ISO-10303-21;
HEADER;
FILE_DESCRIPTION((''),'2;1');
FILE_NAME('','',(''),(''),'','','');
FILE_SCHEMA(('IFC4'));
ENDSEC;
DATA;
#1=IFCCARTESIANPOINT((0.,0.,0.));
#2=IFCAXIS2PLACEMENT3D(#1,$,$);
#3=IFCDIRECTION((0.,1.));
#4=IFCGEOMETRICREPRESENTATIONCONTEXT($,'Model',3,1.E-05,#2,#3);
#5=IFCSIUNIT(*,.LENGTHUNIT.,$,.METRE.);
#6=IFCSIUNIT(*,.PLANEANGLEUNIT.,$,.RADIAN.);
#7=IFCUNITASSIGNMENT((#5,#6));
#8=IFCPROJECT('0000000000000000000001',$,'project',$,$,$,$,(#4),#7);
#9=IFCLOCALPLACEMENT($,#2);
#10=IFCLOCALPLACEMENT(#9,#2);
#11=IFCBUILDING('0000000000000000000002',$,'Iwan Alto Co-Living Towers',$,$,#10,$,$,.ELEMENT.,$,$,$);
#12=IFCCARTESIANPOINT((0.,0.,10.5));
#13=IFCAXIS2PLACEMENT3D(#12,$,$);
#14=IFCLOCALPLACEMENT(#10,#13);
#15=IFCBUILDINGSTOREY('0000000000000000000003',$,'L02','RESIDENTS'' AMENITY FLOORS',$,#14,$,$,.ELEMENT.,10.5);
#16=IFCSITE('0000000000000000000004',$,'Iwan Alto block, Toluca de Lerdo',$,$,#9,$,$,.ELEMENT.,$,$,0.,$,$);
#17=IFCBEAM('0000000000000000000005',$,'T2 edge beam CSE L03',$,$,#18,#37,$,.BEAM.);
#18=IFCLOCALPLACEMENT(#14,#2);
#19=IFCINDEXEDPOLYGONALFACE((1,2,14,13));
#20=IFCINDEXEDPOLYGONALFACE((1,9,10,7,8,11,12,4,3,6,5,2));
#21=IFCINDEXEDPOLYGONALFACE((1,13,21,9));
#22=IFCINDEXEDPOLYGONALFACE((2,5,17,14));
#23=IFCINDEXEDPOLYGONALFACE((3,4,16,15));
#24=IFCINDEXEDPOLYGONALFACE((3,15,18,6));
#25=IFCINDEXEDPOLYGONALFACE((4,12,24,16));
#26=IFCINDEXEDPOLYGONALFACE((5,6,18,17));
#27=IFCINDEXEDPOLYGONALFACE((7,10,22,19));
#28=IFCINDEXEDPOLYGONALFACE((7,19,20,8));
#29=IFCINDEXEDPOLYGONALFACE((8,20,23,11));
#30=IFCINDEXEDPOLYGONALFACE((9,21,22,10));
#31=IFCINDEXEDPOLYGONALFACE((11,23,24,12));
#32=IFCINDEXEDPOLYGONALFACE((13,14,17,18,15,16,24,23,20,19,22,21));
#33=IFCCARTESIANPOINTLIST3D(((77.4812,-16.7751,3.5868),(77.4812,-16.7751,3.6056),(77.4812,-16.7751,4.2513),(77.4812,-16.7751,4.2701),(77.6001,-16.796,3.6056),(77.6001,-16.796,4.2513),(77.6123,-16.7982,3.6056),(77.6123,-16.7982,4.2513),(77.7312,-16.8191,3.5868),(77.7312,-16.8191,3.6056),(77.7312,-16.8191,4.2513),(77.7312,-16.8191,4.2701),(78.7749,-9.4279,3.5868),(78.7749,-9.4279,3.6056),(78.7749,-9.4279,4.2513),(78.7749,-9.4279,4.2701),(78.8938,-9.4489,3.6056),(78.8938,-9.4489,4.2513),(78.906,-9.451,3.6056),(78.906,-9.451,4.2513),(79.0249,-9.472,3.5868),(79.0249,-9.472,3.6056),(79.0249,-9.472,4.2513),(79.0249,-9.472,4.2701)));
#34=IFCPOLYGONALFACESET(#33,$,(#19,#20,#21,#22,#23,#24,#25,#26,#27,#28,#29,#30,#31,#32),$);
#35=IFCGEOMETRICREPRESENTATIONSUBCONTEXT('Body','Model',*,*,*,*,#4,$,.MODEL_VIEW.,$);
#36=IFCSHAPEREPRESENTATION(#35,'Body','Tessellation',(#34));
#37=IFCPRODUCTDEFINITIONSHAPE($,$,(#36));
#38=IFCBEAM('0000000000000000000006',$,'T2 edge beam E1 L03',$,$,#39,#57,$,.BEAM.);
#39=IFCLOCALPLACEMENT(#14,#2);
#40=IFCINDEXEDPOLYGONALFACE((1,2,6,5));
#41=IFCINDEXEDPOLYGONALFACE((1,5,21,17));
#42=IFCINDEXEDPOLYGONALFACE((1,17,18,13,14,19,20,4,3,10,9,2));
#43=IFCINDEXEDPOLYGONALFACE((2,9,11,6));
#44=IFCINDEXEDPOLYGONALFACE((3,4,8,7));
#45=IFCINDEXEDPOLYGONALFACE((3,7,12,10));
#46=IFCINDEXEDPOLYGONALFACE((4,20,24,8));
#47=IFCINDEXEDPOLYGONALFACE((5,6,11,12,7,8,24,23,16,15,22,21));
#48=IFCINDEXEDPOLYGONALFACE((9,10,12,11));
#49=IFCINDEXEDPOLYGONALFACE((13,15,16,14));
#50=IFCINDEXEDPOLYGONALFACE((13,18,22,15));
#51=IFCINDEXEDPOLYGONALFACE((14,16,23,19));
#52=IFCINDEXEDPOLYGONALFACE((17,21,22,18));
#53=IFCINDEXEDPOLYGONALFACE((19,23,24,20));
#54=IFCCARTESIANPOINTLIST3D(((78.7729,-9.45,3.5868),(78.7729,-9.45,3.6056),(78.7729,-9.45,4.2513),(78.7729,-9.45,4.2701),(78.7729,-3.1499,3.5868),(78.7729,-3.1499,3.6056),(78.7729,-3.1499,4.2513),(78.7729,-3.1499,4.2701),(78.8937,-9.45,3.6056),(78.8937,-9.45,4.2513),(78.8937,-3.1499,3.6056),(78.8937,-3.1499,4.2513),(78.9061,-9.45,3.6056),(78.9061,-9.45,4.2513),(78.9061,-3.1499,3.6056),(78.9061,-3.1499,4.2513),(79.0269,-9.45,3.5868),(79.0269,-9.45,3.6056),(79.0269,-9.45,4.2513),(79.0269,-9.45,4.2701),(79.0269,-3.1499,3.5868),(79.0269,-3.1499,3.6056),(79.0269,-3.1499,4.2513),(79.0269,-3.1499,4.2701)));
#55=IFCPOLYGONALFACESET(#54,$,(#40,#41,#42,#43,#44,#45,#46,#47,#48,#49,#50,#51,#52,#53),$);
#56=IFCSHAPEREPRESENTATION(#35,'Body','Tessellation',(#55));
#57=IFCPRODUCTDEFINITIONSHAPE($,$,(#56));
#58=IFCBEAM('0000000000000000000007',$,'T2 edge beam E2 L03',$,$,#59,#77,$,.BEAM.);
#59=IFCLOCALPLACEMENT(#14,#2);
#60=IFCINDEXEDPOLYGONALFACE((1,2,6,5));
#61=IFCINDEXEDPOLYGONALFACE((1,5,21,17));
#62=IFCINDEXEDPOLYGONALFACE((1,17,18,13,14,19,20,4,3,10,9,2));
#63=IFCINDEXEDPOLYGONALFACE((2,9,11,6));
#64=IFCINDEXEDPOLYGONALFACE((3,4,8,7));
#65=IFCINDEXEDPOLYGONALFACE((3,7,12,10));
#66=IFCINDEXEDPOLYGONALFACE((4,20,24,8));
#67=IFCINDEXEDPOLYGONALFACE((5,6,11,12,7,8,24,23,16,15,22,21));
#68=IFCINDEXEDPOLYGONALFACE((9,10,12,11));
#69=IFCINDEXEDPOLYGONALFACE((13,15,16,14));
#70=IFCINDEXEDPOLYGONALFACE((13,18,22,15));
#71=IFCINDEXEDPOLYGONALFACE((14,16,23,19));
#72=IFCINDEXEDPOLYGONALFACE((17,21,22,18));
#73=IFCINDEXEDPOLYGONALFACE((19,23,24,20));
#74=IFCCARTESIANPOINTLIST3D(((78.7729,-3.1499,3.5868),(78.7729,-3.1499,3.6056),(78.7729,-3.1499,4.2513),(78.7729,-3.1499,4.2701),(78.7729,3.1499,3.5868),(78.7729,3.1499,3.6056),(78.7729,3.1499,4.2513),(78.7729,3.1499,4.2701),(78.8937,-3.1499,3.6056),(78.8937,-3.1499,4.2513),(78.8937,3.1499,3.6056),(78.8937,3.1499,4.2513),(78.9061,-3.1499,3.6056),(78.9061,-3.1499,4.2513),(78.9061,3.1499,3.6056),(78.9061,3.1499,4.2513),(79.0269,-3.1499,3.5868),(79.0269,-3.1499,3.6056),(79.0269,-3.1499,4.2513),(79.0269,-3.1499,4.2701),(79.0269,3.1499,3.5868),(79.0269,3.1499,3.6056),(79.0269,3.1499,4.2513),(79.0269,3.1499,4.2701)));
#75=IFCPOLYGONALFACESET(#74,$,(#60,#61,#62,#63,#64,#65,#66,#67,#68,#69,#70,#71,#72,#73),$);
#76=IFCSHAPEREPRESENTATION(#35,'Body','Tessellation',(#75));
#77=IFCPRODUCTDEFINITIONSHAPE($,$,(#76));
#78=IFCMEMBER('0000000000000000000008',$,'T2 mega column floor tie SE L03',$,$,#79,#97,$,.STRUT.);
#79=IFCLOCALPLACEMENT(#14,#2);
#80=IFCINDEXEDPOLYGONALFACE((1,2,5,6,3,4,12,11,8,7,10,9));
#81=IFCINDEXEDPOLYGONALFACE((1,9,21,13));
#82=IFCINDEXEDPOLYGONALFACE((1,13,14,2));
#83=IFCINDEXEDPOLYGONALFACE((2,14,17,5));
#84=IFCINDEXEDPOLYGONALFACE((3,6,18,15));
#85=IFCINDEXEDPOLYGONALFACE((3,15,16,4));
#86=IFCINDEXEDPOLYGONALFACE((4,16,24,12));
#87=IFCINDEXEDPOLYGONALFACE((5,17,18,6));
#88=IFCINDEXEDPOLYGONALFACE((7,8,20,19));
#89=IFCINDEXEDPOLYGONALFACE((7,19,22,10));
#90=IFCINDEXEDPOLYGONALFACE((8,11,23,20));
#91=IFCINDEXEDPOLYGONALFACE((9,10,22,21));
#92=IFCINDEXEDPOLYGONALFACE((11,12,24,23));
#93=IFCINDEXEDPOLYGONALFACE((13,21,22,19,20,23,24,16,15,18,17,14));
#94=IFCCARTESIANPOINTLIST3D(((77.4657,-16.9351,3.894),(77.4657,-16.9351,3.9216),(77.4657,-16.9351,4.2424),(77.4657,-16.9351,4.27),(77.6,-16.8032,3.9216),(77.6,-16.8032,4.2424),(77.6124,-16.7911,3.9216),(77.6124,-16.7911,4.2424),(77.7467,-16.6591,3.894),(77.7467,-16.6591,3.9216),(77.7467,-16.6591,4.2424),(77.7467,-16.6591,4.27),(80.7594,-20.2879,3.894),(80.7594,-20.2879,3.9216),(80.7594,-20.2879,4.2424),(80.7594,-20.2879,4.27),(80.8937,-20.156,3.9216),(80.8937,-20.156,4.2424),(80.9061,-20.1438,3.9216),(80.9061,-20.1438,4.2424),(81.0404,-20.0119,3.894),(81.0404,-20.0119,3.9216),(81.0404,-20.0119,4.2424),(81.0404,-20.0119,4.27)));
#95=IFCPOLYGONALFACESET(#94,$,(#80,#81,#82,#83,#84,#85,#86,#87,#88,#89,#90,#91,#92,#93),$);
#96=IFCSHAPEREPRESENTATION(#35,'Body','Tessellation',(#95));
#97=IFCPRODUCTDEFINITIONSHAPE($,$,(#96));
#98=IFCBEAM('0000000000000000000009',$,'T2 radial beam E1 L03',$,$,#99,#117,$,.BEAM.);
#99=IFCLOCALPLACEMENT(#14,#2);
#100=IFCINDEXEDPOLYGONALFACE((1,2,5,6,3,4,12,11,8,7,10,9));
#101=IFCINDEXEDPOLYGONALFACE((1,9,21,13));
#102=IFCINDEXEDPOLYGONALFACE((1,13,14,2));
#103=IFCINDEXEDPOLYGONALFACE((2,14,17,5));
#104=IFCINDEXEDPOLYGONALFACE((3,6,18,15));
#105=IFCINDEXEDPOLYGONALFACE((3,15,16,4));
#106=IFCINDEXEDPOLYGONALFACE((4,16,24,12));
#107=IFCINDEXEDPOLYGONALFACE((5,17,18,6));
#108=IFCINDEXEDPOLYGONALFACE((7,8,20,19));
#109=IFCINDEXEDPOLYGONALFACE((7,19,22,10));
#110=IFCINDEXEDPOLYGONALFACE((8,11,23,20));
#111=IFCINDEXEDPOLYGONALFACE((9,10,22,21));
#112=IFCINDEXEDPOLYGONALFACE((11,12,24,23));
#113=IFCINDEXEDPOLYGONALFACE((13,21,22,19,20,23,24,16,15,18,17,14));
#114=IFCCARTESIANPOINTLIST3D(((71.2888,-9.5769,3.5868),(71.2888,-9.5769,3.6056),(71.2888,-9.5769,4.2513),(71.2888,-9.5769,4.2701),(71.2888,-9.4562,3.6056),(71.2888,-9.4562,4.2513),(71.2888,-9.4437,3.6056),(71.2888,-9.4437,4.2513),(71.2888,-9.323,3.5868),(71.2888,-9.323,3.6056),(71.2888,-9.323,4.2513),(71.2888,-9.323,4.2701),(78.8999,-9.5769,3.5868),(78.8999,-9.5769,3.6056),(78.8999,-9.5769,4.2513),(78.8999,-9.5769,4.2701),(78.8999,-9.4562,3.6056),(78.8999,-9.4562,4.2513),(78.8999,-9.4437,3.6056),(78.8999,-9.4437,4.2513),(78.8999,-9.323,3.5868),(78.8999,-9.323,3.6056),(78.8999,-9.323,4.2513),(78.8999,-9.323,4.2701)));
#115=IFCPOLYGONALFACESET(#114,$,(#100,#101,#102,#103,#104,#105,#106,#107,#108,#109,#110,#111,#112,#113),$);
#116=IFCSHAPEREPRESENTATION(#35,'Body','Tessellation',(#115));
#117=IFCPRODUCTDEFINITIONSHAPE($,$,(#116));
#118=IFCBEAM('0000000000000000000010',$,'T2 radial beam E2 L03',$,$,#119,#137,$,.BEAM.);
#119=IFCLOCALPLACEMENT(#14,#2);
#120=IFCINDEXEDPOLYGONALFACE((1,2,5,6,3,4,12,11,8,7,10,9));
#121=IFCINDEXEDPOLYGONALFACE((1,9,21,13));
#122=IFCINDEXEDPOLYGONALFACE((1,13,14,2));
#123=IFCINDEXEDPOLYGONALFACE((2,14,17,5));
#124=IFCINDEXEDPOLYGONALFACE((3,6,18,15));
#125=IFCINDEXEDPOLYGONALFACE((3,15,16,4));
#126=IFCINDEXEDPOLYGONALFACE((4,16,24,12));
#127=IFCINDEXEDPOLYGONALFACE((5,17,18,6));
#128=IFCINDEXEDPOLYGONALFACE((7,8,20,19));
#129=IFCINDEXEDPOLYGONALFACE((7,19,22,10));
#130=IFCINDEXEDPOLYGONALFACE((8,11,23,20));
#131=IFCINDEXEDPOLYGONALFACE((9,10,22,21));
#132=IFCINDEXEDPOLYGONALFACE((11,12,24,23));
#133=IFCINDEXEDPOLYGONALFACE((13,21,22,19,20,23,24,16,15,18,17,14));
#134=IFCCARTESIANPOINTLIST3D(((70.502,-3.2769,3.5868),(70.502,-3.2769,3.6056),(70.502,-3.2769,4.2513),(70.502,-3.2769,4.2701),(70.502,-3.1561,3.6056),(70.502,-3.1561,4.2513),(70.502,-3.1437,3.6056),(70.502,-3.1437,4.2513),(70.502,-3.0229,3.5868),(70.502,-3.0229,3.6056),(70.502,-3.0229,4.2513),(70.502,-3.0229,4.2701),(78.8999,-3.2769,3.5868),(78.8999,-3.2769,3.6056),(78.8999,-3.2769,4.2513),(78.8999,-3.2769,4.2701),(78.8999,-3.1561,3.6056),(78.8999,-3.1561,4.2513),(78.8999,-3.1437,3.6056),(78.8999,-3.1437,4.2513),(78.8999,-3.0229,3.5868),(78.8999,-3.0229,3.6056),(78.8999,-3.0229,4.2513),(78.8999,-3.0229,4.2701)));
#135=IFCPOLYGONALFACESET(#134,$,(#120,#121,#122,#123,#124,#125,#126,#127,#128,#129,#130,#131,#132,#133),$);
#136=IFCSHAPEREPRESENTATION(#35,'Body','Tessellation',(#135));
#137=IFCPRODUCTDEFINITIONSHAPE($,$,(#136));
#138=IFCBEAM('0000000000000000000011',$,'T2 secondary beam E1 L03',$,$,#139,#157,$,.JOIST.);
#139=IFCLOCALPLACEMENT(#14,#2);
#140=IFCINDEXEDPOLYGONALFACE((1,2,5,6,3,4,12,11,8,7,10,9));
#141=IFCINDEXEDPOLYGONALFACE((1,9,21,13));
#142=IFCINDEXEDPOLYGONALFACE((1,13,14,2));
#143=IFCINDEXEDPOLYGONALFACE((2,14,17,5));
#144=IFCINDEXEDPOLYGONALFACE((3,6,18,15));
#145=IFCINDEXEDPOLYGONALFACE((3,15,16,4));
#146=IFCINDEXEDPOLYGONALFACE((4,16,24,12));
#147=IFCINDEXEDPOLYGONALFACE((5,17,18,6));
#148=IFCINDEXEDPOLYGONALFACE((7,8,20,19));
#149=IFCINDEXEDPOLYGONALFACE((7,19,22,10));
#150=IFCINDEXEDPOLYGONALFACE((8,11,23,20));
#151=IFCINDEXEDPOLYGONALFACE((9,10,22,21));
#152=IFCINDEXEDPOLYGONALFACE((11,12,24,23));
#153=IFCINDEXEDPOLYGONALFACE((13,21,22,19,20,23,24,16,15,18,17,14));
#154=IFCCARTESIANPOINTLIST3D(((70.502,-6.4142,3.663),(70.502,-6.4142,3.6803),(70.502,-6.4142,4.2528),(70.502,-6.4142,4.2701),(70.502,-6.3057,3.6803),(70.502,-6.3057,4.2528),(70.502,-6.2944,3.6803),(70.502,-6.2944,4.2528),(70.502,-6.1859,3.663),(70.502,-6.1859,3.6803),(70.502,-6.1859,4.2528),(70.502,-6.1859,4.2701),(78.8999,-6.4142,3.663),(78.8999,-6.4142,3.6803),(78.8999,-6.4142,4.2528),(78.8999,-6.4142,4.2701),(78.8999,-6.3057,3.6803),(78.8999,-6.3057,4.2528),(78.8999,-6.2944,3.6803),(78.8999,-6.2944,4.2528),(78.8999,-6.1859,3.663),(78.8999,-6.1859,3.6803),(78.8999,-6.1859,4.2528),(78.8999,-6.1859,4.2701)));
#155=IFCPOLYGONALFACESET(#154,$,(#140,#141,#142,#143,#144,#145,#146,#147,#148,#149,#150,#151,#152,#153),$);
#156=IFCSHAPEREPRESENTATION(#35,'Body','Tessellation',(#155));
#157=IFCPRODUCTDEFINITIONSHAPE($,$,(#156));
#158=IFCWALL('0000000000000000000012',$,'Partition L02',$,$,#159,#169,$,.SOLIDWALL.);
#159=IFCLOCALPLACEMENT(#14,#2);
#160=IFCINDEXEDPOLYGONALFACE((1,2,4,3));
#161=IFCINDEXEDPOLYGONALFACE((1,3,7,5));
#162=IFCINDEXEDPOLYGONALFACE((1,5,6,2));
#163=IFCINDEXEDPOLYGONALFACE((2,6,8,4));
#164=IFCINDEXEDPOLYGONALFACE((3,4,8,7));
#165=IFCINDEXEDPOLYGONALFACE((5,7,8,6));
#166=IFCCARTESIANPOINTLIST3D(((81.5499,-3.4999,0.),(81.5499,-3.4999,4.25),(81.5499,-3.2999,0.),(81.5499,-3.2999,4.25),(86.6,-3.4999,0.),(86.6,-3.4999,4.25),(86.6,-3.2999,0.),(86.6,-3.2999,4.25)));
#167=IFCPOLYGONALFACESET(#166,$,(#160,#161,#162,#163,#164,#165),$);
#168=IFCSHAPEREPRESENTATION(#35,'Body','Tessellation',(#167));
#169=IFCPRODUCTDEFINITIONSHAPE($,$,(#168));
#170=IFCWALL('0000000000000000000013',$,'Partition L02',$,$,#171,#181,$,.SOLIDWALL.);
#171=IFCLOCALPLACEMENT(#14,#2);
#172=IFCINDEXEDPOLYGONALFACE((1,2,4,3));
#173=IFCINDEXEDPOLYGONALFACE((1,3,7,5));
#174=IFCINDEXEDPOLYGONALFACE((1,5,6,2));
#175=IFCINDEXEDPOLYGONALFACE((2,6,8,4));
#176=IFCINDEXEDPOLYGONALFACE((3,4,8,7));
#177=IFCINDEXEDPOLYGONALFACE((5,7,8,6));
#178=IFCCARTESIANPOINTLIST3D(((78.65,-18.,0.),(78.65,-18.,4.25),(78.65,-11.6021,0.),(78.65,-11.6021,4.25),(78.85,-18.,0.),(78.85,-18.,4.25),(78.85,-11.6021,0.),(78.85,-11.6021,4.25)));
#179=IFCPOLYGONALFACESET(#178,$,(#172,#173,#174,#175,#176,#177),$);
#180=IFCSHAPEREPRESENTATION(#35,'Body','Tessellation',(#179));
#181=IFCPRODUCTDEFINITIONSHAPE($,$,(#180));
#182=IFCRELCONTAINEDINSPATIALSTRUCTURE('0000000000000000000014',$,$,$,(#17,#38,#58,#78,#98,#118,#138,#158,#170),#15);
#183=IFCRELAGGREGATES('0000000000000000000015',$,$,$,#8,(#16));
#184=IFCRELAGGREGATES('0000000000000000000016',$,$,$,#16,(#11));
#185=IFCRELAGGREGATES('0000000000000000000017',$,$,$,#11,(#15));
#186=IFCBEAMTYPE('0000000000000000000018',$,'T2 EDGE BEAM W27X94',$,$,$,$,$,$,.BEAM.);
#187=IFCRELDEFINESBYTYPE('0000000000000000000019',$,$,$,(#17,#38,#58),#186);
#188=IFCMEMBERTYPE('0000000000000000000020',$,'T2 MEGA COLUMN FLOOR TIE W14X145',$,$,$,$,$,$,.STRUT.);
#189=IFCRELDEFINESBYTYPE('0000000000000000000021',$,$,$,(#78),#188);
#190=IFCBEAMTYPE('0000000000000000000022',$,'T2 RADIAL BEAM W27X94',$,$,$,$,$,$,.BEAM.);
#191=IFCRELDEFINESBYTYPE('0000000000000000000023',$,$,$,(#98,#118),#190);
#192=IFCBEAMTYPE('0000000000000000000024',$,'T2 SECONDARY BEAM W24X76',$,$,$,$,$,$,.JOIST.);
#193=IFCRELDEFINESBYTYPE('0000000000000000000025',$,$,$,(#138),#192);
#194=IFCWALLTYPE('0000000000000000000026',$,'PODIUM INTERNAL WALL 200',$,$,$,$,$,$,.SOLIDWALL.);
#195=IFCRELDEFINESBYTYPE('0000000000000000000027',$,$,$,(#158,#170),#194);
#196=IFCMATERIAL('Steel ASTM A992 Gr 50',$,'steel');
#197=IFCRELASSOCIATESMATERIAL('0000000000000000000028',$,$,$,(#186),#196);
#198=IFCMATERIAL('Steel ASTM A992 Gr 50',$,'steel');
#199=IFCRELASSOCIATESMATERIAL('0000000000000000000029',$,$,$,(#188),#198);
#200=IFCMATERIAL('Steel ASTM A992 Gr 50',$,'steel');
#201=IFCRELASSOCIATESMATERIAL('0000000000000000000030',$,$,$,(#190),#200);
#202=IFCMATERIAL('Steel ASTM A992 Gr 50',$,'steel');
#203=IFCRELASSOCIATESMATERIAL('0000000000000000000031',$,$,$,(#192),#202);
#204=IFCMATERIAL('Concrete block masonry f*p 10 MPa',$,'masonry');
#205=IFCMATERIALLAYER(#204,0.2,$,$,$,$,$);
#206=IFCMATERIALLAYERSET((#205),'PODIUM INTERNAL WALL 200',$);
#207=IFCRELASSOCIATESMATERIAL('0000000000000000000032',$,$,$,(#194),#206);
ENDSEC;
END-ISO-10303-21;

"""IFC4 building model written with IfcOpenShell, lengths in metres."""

from ifc_helpers import new_model, si_unit, direction, frame, frame_2d, origin, origin_2d, place, context, subcontext, project, spatial, rectangle, i_section, extrude, material, layer, layer_set, material_profile, profile_set, type_object, element, save


model = new_model("IFC4")

# Units and contexts
model_context = context("Model", 3, precision=1e-05, world=origin(), true_north=direction((0.0, 1.0)))
body_context = subcontext(model_context, "Body", "Model", "MODEL_VIEW")
ifc_project = project(units=[si_unit("LENGTHUNIT", "METRE"), si_unit("PLANEANGLEUNIT", "RADIAN")], contexts=[model_context])

# Site, building, storey
site_placement = place(None, origin())
site = spatial("IfcSite", under=ifc_project, at=site_placement, Name="Iwan Alto block, Toluca de Lerdo", CompositionType="ELEMENT", RefElevation=0.0)
building_placement = place(site_placement, origin())
building = spatial("IfcBuilding", under=site, at=building_placement, Name="Iwan Alto Co-Living Towers", CompositionType="ELEMENT")
storey_placement = place(building_placement, frame((0.0, 0.0, 10.5)))
storey = spatial("IfcBuildingStorey", under=building, at=storey_placement, Name="L02", Description="RESIDENTS' AMENITY FLOORS", CompositionType="ELEMENT", Elevation=10.5)

# Beams
ifc_material_1 = material(Name="Steel ASTM A992 Gr 50", Category="steel")
ifc_material_profile_1 = material_profile(ifc_material_1, i_section(OverallWidth=0.2539, OverallDepth=0.6833, WebThickness=0.0125, FlangeThickness=0.0188, at=origin_2d()), Name="W27X94")
ifc_profile_set_1 = profile_set([ifc_material_profile_1], Name="Steel ASTM A992 Gr 50")
beam_type_1 = type_object("IfcBeamType", Name="T2 EDGE BEAM W27X94", PredefinedType="BEAM", material=ifc_profile_set_1)
beam_1_placement = place(storey_placement, frame((77.6062, -16.7971, 3.9285), z_axis=(0.173414, 0.984849, 0.0), x_axis=(-0.984849, 0.173414, 0.0)))
element("IfcBeam", 1, at=beam_1_placement, inside=storey, type_object=beam_type_1, Name="T2 edge beam CSE L03", PredefinedType="BEAM", context=body_context, shape_type="SweptSolid", body=[
    extrude(i_section(OverallWidth=0.2539, OverallDepth=0.6833, WebThickness=0.0125, FlangeThickness=0.0188, at=origin_2d()), origin(), (0.0, 0.0, 1.0), 7.4602),
])
beam_2_placement = place(storey_placement, frame((78.8999, -9.45, 3.9285), z_axis=(0.0, 1.0, 0.0), x_axis=(-1.0, 0.0, 0.0)))
element("IfcBeam", 2, at=beam_2_placement, inside=storey, type_object=beam_type_1, Name="T2 edge beam E1 L03", PredefinedType="BEAM", context=body_context, shape_type="SweptSolid", body=[
    extrude(i_section(OverallWidth=0.2539, OverallDepth=0.6833, WebThickness=0.0125, FlangeThickness=0.0188, at=origin_2d()), origin(), (0.0, 0.0, 1.0), 6.3),
])
beam_3_placement = place(storey_placement, frame((78.8999, -3.1499, 3.9285), z_axis=(0.0, 1.0, 0.0), x_axis=(-1.0, 0.0, 0.0)))
element("IfcBeam", 3, at=beam_3_placement, inside=storey, type_object=beam_type_1, Name="T2 edge beam E2 L03", PredefinedType="BEAM", context=body_context, shape_type="SweptSolid", body=[
    extrude(i_section(OverallWidth=0.2539, OverallDepth=0.6833, WebThickness=0.0125, FlangeThickness=0.0188, at=origin_2d()), origin(), (0.0, 0.0, 1.0), 6.2998),
])

# Member
ifc_material_2 = material(Name="Steel ASTM A992 Gr 50", Category="steel")
ifc_material_profile_2 = material_profile(ifc_material_2, i_section(OverallWidth=0.3938, OverallDepth=0.376, WebThickness=0.0173, FlangeThickness=0.0276, at=origin_2d()), Name="W14X145")
ifc_profile_set_2 = profile_set([ifc_material_profile_2], Name="Steel ASTM A992 Gr 50")
member_type = type_object("IfcMemberType", Name="T2 MEGA COLUMN FLOOR TIE W14X145", PredefinedType="STRUT", material=ifc_profile_set_2)
member_placement = place(storey_placement, frame((80.8999, -20.1499, 4.082), z_axis=(-0.700793, 0.713364, 0.0), x_axis=(-0.713364, -0.700793, 0.0)))
element("IfcMember", 4, at=member_placement, inside=storey, type_object=member_type, Name="T2 mega column floor tie SE L03", PredefinedType="STRUT", context=body_context, shape_type="SweptSolid", body=[
    extrude(i_section(OverallWidth=0.3938, OverallDepth=0.376, WebThickness=0.0173, FlangeThickness=0.0276, at=origin_2d()), origin(), (0.0, 0.0, 1.0), 4.7),
])

# Beams
ifc_material_3 = material(Name="Steel ASTM A992 Gr 50", Category="steel")
ifc_material_profile_3 = material_profile(ifc_material_3, i_section(OverallWidth=0.2539, OverallDepth=0.6833, WebThickness=0.0125, FlangeThickness=0.0188, at=origin_2d()), Name="W27X94")
ifc_profile_set_3 = profile_set([ifc_material_profile_3], Name="Steel ASTM A992 Gr 50")
beam_type_2 = type_object("IfcBeamType", Name="T2 RADIAL BEAM W27X94", PredefinedType="BEAM", material=ifc_profile_set_3)
beam_4_placement = place(storey_placement, frame((78.8999, -9.45, 3.9285), z_axis=(-1.0, 0.0, 0.0), x_axis=(0.0, -1.0, 0.0)))
element("IfcBeam", 5, at=beam_4_placement, inside=storey, type_object=beam_type_2, Name="T2 radial beam E1 L03", PredefinedType="BEAM", context=body_context, shape_type="SweptSolid", body=[
    extrude(i_section(OverallWidth=0.2539, OverallDepth=0.6833, WebThickness=0.0125, FlangeThickness=0.0188, at=origin_2d()), origin(), (0.0, 0.0, 1.0), 7.6111),
])
beam_5_placement = place(storey_placement, frame((78.8999, -3.1499, 3.9285), z_axis=(-1.0, 0.0, 0.0), x_axis=(0.0, -1.0, 0.0)))
element("IfcBeam", 6, at=beam_5_placement, inside=storey, type_object=beam_type_2, Name="T2 radial beam E2 L03", PredefinedType="BEAM", context=body_context, shape_type="SweptSolid", body=[
    extrude(i_section(OverallWidth=0.2539, OverallDepth=0.6833, WebThickness=0.0125, FlangeThickness=0.0188, at=origin_2d()), origin(), (0.0, 0.0, 1.0), 8.3979),
])
ifc_material_4 = material(Name="Steel ASTM A992 Gr 50", Category="steel")
ifc_material_profile_4 = material_profile(ifc_material_4, i_section(OverallWidth=0.2283, OverallDepth=0.6072, WebThickness=0.0112, FlangeThickness=0.0173, at=origin_2d()), Name="W24X76")
ifc_profile_set_4 = profile_set([ifc_material_profile_4], Name="Steel ASTM A992 Gr 50")
beam_type_3 = type_object("IfcBeamType", Name="T2 SECONDARY BEAM W24X76", PredefinedType="JOIST", material=ifc_profile_set_4)
beam_6_placement = place(storey_placement, frame((78.8999, -6.3, 3.9666), z_axis=(-1.0, 0.0, 0.0), x_axis=(0.0, -1.0, 0.0)))
element("IfcBeam", 7, at=beam_6_placement, inside=storey, type_object=beam_type_3, Name="T2 secondary beam E1 L03", PredefinedType="JOIST", context=body_context, shape_type="SweptSolid", body=[
    extrude(i_section(OverallWidth=0.2283, OverallDepth=0.6072, WebThickness=0.0112, FlangeThickness=0.0173, at=origin_2d()), origin(), (0.0, 0.0, 1.0), 8.3979),
])

# Walls
ifc_material_5 = material(Name="Concrete block masonry f*p 10 MPa", Category="masonry")
ifc_layer_1 = layer(ifc_material_5, 0.2)
ifc_layer_set_1 = layer_set([ifc_layer_1], Name="PODIUM INTERNAL WALL 200")
wall_type_1 = type_object("IfcWallType", Name="PODIUM INTERNAL WALL 200", PredefinedType="SOLIDWALL", material=ifc_layer_set_1)
wall_1_placement = place(storey_placement, frame((81.55, -3.3999, 0.0), z_axis=(0.0, 0.0, 1.0), x_axis=(1.0, 0.0, 0.0)))
element("IfcWall", 8, at=wall_1_placement, inside=storey, type_object=wall_type_1, Name="Partition L02", PredefinedType="SOLIDWALL", context=body_context, shape_type="SweptSolid", body=[
    extrude(rectangle(XDim=5.05, YDim=0.2, at=frame_2d((2.5249, 0.0))), origin(), (0.0, 0.0, 1.0), 4.25),
])
wall_2_placement = place(storey_placement, frame((78.75, -18.0, 0.0), z_axis=(0.0, 0.0, 1.0), x_axis=(0.0, 1.0, 0.0)))
element("IfcWall", 9, at=wall_2_placement, inside=storey, type_object=wall_type_1, Name="Partition L02", PredefinedType="SOLIDWALL", context=body_context, shape_type="SweptSolid", body=[
    extrude(rectangle(XDim=6.3979, YDim=0.2, at=frame_2d((3.199, 0.0))), origin(), (0.0, 0.0, 1.0), 4.25),
])

save(model, "model.ifc")
